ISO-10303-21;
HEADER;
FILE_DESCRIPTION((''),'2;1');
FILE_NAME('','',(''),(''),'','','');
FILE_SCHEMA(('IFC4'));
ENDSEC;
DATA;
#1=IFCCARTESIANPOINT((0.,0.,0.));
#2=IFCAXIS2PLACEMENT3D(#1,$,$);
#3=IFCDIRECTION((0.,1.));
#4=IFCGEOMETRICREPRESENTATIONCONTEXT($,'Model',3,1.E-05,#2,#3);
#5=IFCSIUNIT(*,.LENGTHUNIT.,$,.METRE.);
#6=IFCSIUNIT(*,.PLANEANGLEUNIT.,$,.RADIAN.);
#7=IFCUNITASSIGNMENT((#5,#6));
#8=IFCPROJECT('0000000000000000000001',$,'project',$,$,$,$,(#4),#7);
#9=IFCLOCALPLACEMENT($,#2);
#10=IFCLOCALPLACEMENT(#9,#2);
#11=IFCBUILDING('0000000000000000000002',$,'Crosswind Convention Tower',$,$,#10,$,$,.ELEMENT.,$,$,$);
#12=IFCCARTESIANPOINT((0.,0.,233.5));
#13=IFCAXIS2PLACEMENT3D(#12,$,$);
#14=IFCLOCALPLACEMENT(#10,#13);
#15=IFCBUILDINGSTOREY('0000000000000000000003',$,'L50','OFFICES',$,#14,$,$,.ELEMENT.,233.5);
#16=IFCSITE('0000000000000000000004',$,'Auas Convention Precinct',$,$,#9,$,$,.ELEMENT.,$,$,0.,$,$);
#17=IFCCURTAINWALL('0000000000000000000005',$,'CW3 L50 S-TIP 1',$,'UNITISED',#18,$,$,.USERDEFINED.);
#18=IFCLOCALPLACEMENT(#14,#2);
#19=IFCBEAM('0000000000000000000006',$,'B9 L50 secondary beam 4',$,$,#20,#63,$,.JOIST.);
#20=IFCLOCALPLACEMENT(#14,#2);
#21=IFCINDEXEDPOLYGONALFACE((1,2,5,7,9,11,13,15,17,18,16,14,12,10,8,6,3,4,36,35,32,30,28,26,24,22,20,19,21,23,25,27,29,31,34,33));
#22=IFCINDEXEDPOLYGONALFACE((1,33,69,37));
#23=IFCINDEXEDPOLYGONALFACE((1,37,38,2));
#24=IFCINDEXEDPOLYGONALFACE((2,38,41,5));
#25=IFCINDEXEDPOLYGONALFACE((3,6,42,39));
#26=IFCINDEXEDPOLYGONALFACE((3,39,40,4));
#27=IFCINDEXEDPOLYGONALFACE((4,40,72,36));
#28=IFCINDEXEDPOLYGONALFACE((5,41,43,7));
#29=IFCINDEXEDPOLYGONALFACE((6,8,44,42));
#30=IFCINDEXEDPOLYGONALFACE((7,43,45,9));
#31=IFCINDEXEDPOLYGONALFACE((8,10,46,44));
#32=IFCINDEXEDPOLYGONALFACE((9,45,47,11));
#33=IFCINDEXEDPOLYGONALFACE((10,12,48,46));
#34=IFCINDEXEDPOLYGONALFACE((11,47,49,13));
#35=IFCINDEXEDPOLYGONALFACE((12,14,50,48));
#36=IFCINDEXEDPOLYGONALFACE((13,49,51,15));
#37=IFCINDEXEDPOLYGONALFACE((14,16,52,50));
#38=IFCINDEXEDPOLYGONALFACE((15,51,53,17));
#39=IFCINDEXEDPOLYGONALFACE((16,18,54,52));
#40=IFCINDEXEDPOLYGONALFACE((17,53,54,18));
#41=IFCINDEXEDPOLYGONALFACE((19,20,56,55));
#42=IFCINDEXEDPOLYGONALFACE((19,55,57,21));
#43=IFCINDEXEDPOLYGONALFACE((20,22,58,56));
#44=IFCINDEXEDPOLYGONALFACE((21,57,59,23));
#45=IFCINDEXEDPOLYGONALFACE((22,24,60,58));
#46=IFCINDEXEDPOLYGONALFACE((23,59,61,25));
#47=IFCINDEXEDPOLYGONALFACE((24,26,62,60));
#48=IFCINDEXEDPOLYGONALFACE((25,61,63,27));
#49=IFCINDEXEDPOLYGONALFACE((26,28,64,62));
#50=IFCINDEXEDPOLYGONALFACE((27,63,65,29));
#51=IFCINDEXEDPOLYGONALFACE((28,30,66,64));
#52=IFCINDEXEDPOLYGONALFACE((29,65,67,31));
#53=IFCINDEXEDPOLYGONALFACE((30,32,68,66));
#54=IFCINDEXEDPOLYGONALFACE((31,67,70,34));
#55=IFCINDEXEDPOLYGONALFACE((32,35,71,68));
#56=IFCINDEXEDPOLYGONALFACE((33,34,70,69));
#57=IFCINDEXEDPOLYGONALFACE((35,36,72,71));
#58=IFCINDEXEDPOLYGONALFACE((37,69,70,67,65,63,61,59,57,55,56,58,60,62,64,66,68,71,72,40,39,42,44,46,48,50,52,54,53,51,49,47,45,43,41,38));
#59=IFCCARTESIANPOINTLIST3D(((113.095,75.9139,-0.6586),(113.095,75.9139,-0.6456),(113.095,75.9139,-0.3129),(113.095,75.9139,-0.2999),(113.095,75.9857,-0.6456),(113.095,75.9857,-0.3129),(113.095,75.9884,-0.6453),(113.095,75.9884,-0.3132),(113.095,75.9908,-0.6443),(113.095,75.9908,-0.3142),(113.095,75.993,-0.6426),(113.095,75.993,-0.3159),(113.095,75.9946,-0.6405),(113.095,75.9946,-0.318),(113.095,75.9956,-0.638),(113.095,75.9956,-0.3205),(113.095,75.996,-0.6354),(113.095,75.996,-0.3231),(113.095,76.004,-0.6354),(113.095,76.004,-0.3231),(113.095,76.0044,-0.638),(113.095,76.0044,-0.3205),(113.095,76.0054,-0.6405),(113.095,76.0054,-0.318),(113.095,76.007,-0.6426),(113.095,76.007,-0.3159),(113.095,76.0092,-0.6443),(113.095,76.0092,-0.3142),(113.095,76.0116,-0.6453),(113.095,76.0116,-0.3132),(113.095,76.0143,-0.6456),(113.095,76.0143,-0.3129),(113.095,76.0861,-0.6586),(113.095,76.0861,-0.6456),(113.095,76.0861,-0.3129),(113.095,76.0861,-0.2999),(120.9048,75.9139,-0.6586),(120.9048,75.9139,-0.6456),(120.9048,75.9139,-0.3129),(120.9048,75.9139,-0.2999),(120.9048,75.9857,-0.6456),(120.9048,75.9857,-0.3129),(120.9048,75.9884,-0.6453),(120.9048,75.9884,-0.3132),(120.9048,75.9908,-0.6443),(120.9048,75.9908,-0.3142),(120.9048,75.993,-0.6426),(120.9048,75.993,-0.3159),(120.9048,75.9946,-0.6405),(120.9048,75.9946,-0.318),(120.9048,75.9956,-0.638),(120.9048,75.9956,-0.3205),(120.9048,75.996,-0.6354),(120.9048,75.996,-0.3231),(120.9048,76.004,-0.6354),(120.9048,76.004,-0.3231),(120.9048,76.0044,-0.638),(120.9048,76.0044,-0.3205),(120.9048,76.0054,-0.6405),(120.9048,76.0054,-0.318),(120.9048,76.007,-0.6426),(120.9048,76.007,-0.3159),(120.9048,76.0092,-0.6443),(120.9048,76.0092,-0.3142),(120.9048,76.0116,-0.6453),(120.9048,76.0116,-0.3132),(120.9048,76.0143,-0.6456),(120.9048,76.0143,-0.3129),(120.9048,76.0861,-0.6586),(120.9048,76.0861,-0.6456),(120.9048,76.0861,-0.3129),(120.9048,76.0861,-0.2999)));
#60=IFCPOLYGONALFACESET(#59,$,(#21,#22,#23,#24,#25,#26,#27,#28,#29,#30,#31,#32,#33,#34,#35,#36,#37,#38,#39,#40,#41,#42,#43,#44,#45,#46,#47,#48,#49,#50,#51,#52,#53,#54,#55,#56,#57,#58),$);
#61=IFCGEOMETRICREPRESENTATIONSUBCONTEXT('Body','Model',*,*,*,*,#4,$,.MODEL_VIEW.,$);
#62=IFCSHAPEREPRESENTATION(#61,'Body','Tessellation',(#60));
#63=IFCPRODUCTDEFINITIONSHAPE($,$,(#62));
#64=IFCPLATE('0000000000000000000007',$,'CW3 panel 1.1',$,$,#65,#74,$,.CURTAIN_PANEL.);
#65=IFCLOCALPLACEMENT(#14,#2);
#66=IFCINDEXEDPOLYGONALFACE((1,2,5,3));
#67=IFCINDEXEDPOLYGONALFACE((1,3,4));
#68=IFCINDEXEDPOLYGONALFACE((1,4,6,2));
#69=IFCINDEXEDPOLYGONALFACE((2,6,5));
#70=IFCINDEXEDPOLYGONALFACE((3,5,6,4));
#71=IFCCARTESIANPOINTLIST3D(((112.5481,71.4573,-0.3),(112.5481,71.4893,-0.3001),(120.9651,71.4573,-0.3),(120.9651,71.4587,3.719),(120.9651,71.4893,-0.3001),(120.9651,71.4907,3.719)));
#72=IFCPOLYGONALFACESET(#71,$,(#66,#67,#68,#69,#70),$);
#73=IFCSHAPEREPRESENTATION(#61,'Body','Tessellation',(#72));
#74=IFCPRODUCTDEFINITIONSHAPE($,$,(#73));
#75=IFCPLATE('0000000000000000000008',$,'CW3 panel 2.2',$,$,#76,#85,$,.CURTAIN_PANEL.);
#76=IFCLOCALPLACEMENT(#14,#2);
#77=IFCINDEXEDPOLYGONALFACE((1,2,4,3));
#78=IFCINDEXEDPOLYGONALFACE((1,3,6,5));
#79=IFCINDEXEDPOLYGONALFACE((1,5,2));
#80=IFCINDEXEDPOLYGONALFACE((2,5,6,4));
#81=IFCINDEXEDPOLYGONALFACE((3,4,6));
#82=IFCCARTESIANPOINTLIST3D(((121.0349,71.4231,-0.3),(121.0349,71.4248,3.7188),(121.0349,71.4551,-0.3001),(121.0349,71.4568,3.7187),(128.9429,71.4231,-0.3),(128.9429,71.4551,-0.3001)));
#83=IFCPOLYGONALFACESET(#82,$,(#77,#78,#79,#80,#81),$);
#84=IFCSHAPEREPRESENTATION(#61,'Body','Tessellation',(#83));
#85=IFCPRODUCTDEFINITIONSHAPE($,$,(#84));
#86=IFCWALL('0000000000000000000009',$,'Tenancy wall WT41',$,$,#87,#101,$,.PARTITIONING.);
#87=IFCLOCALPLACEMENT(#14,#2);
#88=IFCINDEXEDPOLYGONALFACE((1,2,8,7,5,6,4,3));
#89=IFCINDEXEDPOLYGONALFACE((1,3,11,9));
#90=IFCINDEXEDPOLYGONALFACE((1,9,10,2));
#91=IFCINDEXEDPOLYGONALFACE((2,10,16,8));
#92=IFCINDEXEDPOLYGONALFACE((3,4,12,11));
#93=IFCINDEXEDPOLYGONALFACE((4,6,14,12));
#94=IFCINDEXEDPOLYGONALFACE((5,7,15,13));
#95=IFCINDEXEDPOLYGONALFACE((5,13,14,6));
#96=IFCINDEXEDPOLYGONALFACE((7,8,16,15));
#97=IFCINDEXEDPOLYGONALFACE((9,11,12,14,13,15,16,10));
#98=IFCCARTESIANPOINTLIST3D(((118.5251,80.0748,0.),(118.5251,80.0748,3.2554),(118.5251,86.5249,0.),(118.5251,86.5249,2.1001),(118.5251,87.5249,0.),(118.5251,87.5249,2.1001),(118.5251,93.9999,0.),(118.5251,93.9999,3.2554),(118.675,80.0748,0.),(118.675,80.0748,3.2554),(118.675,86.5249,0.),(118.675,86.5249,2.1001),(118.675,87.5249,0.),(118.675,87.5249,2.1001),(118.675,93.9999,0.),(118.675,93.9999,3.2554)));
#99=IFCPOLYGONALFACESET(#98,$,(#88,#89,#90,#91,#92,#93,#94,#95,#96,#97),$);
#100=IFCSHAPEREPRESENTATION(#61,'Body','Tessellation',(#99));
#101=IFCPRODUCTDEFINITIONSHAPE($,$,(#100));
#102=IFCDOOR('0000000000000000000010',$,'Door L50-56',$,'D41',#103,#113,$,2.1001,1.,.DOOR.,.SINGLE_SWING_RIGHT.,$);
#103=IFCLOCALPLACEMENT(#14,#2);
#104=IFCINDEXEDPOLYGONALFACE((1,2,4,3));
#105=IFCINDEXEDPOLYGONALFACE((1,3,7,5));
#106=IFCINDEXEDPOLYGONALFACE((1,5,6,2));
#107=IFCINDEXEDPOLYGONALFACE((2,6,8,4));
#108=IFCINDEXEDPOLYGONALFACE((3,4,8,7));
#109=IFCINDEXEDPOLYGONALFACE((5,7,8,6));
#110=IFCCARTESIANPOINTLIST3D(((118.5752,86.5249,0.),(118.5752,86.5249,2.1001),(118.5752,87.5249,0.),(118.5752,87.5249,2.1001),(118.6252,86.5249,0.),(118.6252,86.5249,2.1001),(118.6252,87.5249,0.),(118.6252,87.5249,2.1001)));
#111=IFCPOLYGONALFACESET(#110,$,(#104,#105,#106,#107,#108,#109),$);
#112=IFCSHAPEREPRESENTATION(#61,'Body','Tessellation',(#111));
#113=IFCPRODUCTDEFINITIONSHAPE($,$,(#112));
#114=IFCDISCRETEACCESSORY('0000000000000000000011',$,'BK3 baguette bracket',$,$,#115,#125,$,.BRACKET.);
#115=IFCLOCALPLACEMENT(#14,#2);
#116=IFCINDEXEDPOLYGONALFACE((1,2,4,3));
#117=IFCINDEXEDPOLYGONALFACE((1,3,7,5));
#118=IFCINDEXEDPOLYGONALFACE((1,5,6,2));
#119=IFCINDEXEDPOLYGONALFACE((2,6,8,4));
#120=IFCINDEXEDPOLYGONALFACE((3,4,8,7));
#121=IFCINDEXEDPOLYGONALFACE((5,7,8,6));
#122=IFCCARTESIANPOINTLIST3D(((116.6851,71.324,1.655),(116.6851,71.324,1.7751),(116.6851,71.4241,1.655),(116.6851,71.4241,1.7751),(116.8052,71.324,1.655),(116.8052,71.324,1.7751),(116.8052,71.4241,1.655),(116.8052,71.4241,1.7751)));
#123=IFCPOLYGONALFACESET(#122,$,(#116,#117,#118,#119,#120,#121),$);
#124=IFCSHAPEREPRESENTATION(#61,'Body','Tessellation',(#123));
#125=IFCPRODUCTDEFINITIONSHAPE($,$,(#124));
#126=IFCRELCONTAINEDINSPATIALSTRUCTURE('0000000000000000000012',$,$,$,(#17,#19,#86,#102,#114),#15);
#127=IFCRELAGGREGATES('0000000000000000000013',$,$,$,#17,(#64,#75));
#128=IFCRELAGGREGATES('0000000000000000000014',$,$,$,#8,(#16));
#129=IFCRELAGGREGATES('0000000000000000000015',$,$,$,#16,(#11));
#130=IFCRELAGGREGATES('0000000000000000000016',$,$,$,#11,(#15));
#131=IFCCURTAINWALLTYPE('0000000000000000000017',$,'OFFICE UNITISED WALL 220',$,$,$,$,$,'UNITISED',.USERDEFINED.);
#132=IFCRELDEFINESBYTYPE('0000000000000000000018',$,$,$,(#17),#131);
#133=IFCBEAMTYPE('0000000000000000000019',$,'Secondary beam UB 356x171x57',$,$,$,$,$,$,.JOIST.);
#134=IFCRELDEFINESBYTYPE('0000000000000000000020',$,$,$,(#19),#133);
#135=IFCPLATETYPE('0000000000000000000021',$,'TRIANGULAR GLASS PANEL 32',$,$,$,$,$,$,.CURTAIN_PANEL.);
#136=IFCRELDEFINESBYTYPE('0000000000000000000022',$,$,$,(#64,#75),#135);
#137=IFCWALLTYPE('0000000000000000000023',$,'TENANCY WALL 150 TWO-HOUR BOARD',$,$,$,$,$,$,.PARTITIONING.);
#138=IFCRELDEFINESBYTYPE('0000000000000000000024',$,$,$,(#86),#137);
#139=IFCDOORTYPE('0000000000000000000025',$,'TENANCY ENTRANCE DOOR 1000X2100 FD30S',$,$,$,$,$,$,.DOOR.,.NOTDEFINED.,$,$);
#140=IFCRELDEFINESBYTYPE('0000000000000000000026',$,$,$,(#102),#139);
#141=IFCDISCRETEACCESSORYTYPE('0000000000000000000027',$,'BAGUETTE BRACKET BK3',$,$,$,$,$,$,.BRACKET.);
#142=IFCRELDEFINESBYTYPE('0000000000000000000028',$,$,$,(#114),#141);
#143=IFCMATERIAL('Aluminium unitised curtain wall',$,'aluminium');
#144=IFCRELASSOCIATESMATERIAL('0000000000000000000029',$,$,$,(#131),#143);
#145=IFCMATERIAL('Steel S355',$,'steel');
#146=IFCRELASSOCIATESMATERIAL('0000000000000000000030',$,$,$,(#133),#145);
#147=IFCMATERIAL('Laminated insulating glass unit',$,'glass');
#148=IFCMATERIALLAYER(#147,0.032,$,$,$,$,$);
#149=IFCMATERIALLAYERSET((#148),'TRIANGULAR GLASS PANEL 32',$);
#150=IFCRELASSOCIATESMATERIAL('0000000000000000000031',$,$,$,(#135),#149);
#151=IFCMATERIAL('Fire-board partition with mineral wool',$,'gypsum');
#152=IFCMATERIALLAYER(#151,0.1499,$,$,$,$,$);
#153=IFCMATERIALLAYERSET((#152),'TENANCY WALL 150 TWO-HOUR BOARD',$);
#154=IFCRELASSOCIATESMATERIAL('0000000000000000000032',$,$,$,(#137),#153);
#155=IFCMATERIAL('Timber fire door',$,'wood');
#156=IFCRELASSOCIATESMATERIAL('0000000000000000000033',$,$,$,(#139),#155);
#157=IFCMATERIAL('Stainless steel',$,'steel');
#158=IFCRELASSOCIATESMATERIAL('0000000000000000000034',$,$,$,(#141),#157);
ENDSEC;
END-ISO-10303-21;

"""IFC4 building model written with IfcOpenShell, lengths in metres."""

from ifc_helpers import new_model, si_unit, direction, frame, frame_2d, origin, origin_2d, place, context, subcontext, project, spatial, polyline, rectangle, i_section, outline, extrude, material, layer, layer_set, material_profile, profile_set, type_object, element, fill, aggregate, save


model = new_model("IFC4")

# Units and contexts
model_context = context("Model", 3, precision=1e-05, world=origin(), true_north=direction((0.0, 1.0)))
body_context = subcontext(model_context, "Body", "Model", "MODEL_VIEW")
ifc_project = project(units=[si_unit("LENGTHUNIT", "METRE"), si_unit("PLANEANGLEUNIT", "RADIAN")], contexts=[model_context])

# Site, building, storey
site_placement = place(None, origin())
site = spatial("IfcSite", under=ifc_project, at=site_placement, Name="Auas Convention Precinct", CompositionType="ELEMENT", RefElevation=0.0)
building_placement = place(site_placement, origin())
building = spatial("IfcBuilding", under=site, at=building_placement, Name="Crosswind Convention Tower", CompositionType="ELEMENT")
storey_placement = place(building_placement, frame((0.0, 0.0, 233.5)))
storey = spatial("IfcBuildingStorey", under=building, at=storey_placement, Name="L50", Description="OFFICES", CompositionType="ELEMENT", Elevation=233.5)

# Shared definitions
ifc_material_1 = material(Name="Steel S355", Category="steel")

# Curtain wall
ifc_material_2 = material(Name="Aluminium unitised curtain wall", Category="aluminium")
curtain_wall_type = type_object("IfcCurtainWallType", Name="OFFICE UNITISED WALL 220", ElementType="UNITISED", PredefinedType="USERDEFINED", material=ifc_material_2)
curtain_wall_placement = place(storey_placement, origin())
curtain_wall = element("IfcCurtainWall", 1, at=curtain_wall_placement, inside=storey, type_object=curtain_wall_type, Name="CW3 L50 S-TIP 1", ObjectType="UNITISED", PredefinedType="USERDEFINED")

# Beam
ifc_material_profile_1 = material_profile(ifc_material_1, i_section(OverallWidth=0.1721, OverallDepth=0.3586, WebThickness=0.0081, FlangeThickness=0.0129, FilletRadius=0.0103, at=origin_2d()), Name="UB 356x171x57")
ifc_profile_set_1 = profile_set([ifc_material_profile_1], Name="Steel S355")
beam_type_1 = type_object("IfcBeamType", Name="Secondary beam UB 356x171x57", PredefinedType="JOIST", material=ifc_profile_set_1)
beam_1_placement = place(storey_placement, frame((113.095, 76.0, -0.4792), z_axis=(1.0, 0.0, 0.0), x_axis=(0.0, 1.0, 0.0)))
element("IfcBeam", 2, at=beam_1_placement, inside=storey, type_object=beam_type_1, Name="B9 L50 secondary beam 4", PredefinedType="JOIST", context=body_context, shape_type="SweptSolid", body=[
    extrude(i_section(OverallWidth=0.1721, OverallDepth=0.3586, WebThickness=0.0081, FlangeThickness=0.0129, FilletRadius=0.0103, at=origin_2d()), origin(), (0.0, 0.0, 1.0), 7.8098),
])

# Plates
ifc_material_3 = material(Name="Laminated insulating glass unit", Category="glass")
ifc_layer_1 = layer(ifc_material_3, 0.032)
ifc_layer_set_1 = layer_set([ifc_layer_1], Name="TRIANGULAR GLASS PANEL 32")
plate_type = type_object("IfcPlateType", Name="TRIANGULAR GLASS PANEL 32", PredefinedType="CURTAIN_PANEL", material=ifc_layer_set_1)
plate_1_placement = place(storey_placement, frame((120.9651, 71.4573, -0.3), z_axis=(0.0, -1.0, 0.000364), x_axis=(0.0, 0.000364, 1.0)))
plate_1 = element("IfcPlate", 3, at=plate_1_placement, type_object=plate_type, Name="CW3 panel 1.1", PredefinedType="CURTAIN_PANEL", context=body_context, shape_type="SweptSolid", body=[
    extrude(outline(polyline([(0.0, 0.0), (4.019, 0.0), (0.0, 8.417), (0.0, 0.0)])), origin(), (0.0, 0.0, -1.0), 0.032),
])
plate_2_placement = place(storey_placement, frame((121.0349, 71.4231, -0.3), z_axis=(0.0, -1.0, 0.000425), x_axis=(1.0, 0.0, 0.0)))
plate_2 = element("IfcPlate", 4, at=plate_2_placement, type_object=plate_type, Name="CW3 panel 2.2", PredefinedType="CURTAIN_PANEL", context=body_context, shape_type="SweptSolid", body=[
    extrude(outline(polyline([(0.0, 0.0), (7.908, 0.0), (0.0, 4.0188), (0.0, 0.0)])), origin(), (0.0, 0.0, -1.0), 0.032),
])
aggregate(curtain_wall, [plate_1, plate_2])

# Wall, opening, door
ifc_material_4 = material(Name="Fire-board partition with mineral wool", Category="gypsum")
ifc_layer_2 = layer(ifc_material_4, 0.1499)
ifc_layer_set_2 = layer_set([ifc_layer_2], Name="TENANCY WALL 150 TWO-HOUR BOARD")
wall_type = type_object("IfcWallType", Name="TENANCY WALL 150 TWO-HOUR BOARD", PredefinedType="PARTITIONING", material=ifc_layer_set_2)
wall_placement = place(storey_placement, frame((118.6001, 80.075, 0.0), z_axis=(0.0, 0.0, 1.0), x_axis=(0.0, 1.0, 0.0)))
wall = element("IfcWall", 5, at=wall_placement, inside=storey, type_object=wall_type, Name="Tenancy wall WT41", PredefinedType="PARTITIONING", context=body_context, shape_type="SweptSolid", body=[
    extrude(rectangle(XDim=13.925, YDim=0.1499, at=frame_2d((6.9624, 0.0))), origin(), (0.0, 0.0, 1.0), 3.2554),
])
opening_placement = place(wall_placement, frame((6.45, 0.0, 0.0)))
opening = element("IfcOpeningElement", 6, at=opening_placement, cuts=wall, PredefinedType="OPENING", context=body_context, shape_type="SweptSolid", body=[
    extrude(rectangle(XDim=1.0, YDim=2.1001, at=frame_2d((0.5, 1.05))), frame((0.0, 0.085, 0.0), z_axis=(0.0, -1.0, 0.0), x_axis=(1.0, 0.0, 0.0)), (0.0, 0.0, 1.0), 0.1699),
])
ifc_material_5 = material(Name="Timber fire door", Category="wood")
door_type = type_object("IfcDoorType", Name="TENANCY ENTRANCE DOOR 1000X2100 FD30S", OperationType="NOTDEFINED", PredefinedType="DOOR", material=ifc_material_5)
door_placement = place(opening_placement, origin())
door = element("IfcDoor", 7, at=door_placement, inside=storey, type_object=door_type, Name="Door L50-56", ObjectType="D41", OperationType="SINGLE_SWING_RIGHT", OverallHeight=2.1001, OverallWidth=1.0, PredefinedType="DOOR", context=body_context, shape_type="SweptSolid", body=[
    extrude(rectangle(XDim=1.0, YDim=2.1001, at=frame_2d((0.5, 1.05))), frame((0.0, 0.0249, 0.0), z_axis=(0.0, -1.0, 0.0), x_axis=(1.0, 0.0, 0.0)), (0.0, 0.0, 1.0), 0.05),
])
fill(opening, door)

# Discrete accessory
ifc_material_6 = material(Name="Stainless steel", Category="steel")
discrete_accessory_type = type_object("IfcDiscreteAccessoryType", Name="BAGUETTE BRACKET BK3", PredefinedType="BRACKET", material=ifc_material_6)
discrete_accessory_placement = place(storey_placement, frame((116.7451, 71.374, 1.655), z_axis=(0.0, 0.0, 1.0), x_axis=(1.0, 0.0, 0.0)))
element("IfcDiscreteAccessory", 8, at=discrete_accessory_placement, inside=storey, type_object=discrete_accessory_type, Name="BK3 baguette bracket", PredefinedType="BRACKET", context=body_context, shape_type="SweptSolid", body=[
    extrude(rectangle(XDim=0.1201, YDim=0.1001, at=origin_2d()), origin(), (0.0, 0.0, 1.0), 0.1201),
])

save(model, "model.ifc")
